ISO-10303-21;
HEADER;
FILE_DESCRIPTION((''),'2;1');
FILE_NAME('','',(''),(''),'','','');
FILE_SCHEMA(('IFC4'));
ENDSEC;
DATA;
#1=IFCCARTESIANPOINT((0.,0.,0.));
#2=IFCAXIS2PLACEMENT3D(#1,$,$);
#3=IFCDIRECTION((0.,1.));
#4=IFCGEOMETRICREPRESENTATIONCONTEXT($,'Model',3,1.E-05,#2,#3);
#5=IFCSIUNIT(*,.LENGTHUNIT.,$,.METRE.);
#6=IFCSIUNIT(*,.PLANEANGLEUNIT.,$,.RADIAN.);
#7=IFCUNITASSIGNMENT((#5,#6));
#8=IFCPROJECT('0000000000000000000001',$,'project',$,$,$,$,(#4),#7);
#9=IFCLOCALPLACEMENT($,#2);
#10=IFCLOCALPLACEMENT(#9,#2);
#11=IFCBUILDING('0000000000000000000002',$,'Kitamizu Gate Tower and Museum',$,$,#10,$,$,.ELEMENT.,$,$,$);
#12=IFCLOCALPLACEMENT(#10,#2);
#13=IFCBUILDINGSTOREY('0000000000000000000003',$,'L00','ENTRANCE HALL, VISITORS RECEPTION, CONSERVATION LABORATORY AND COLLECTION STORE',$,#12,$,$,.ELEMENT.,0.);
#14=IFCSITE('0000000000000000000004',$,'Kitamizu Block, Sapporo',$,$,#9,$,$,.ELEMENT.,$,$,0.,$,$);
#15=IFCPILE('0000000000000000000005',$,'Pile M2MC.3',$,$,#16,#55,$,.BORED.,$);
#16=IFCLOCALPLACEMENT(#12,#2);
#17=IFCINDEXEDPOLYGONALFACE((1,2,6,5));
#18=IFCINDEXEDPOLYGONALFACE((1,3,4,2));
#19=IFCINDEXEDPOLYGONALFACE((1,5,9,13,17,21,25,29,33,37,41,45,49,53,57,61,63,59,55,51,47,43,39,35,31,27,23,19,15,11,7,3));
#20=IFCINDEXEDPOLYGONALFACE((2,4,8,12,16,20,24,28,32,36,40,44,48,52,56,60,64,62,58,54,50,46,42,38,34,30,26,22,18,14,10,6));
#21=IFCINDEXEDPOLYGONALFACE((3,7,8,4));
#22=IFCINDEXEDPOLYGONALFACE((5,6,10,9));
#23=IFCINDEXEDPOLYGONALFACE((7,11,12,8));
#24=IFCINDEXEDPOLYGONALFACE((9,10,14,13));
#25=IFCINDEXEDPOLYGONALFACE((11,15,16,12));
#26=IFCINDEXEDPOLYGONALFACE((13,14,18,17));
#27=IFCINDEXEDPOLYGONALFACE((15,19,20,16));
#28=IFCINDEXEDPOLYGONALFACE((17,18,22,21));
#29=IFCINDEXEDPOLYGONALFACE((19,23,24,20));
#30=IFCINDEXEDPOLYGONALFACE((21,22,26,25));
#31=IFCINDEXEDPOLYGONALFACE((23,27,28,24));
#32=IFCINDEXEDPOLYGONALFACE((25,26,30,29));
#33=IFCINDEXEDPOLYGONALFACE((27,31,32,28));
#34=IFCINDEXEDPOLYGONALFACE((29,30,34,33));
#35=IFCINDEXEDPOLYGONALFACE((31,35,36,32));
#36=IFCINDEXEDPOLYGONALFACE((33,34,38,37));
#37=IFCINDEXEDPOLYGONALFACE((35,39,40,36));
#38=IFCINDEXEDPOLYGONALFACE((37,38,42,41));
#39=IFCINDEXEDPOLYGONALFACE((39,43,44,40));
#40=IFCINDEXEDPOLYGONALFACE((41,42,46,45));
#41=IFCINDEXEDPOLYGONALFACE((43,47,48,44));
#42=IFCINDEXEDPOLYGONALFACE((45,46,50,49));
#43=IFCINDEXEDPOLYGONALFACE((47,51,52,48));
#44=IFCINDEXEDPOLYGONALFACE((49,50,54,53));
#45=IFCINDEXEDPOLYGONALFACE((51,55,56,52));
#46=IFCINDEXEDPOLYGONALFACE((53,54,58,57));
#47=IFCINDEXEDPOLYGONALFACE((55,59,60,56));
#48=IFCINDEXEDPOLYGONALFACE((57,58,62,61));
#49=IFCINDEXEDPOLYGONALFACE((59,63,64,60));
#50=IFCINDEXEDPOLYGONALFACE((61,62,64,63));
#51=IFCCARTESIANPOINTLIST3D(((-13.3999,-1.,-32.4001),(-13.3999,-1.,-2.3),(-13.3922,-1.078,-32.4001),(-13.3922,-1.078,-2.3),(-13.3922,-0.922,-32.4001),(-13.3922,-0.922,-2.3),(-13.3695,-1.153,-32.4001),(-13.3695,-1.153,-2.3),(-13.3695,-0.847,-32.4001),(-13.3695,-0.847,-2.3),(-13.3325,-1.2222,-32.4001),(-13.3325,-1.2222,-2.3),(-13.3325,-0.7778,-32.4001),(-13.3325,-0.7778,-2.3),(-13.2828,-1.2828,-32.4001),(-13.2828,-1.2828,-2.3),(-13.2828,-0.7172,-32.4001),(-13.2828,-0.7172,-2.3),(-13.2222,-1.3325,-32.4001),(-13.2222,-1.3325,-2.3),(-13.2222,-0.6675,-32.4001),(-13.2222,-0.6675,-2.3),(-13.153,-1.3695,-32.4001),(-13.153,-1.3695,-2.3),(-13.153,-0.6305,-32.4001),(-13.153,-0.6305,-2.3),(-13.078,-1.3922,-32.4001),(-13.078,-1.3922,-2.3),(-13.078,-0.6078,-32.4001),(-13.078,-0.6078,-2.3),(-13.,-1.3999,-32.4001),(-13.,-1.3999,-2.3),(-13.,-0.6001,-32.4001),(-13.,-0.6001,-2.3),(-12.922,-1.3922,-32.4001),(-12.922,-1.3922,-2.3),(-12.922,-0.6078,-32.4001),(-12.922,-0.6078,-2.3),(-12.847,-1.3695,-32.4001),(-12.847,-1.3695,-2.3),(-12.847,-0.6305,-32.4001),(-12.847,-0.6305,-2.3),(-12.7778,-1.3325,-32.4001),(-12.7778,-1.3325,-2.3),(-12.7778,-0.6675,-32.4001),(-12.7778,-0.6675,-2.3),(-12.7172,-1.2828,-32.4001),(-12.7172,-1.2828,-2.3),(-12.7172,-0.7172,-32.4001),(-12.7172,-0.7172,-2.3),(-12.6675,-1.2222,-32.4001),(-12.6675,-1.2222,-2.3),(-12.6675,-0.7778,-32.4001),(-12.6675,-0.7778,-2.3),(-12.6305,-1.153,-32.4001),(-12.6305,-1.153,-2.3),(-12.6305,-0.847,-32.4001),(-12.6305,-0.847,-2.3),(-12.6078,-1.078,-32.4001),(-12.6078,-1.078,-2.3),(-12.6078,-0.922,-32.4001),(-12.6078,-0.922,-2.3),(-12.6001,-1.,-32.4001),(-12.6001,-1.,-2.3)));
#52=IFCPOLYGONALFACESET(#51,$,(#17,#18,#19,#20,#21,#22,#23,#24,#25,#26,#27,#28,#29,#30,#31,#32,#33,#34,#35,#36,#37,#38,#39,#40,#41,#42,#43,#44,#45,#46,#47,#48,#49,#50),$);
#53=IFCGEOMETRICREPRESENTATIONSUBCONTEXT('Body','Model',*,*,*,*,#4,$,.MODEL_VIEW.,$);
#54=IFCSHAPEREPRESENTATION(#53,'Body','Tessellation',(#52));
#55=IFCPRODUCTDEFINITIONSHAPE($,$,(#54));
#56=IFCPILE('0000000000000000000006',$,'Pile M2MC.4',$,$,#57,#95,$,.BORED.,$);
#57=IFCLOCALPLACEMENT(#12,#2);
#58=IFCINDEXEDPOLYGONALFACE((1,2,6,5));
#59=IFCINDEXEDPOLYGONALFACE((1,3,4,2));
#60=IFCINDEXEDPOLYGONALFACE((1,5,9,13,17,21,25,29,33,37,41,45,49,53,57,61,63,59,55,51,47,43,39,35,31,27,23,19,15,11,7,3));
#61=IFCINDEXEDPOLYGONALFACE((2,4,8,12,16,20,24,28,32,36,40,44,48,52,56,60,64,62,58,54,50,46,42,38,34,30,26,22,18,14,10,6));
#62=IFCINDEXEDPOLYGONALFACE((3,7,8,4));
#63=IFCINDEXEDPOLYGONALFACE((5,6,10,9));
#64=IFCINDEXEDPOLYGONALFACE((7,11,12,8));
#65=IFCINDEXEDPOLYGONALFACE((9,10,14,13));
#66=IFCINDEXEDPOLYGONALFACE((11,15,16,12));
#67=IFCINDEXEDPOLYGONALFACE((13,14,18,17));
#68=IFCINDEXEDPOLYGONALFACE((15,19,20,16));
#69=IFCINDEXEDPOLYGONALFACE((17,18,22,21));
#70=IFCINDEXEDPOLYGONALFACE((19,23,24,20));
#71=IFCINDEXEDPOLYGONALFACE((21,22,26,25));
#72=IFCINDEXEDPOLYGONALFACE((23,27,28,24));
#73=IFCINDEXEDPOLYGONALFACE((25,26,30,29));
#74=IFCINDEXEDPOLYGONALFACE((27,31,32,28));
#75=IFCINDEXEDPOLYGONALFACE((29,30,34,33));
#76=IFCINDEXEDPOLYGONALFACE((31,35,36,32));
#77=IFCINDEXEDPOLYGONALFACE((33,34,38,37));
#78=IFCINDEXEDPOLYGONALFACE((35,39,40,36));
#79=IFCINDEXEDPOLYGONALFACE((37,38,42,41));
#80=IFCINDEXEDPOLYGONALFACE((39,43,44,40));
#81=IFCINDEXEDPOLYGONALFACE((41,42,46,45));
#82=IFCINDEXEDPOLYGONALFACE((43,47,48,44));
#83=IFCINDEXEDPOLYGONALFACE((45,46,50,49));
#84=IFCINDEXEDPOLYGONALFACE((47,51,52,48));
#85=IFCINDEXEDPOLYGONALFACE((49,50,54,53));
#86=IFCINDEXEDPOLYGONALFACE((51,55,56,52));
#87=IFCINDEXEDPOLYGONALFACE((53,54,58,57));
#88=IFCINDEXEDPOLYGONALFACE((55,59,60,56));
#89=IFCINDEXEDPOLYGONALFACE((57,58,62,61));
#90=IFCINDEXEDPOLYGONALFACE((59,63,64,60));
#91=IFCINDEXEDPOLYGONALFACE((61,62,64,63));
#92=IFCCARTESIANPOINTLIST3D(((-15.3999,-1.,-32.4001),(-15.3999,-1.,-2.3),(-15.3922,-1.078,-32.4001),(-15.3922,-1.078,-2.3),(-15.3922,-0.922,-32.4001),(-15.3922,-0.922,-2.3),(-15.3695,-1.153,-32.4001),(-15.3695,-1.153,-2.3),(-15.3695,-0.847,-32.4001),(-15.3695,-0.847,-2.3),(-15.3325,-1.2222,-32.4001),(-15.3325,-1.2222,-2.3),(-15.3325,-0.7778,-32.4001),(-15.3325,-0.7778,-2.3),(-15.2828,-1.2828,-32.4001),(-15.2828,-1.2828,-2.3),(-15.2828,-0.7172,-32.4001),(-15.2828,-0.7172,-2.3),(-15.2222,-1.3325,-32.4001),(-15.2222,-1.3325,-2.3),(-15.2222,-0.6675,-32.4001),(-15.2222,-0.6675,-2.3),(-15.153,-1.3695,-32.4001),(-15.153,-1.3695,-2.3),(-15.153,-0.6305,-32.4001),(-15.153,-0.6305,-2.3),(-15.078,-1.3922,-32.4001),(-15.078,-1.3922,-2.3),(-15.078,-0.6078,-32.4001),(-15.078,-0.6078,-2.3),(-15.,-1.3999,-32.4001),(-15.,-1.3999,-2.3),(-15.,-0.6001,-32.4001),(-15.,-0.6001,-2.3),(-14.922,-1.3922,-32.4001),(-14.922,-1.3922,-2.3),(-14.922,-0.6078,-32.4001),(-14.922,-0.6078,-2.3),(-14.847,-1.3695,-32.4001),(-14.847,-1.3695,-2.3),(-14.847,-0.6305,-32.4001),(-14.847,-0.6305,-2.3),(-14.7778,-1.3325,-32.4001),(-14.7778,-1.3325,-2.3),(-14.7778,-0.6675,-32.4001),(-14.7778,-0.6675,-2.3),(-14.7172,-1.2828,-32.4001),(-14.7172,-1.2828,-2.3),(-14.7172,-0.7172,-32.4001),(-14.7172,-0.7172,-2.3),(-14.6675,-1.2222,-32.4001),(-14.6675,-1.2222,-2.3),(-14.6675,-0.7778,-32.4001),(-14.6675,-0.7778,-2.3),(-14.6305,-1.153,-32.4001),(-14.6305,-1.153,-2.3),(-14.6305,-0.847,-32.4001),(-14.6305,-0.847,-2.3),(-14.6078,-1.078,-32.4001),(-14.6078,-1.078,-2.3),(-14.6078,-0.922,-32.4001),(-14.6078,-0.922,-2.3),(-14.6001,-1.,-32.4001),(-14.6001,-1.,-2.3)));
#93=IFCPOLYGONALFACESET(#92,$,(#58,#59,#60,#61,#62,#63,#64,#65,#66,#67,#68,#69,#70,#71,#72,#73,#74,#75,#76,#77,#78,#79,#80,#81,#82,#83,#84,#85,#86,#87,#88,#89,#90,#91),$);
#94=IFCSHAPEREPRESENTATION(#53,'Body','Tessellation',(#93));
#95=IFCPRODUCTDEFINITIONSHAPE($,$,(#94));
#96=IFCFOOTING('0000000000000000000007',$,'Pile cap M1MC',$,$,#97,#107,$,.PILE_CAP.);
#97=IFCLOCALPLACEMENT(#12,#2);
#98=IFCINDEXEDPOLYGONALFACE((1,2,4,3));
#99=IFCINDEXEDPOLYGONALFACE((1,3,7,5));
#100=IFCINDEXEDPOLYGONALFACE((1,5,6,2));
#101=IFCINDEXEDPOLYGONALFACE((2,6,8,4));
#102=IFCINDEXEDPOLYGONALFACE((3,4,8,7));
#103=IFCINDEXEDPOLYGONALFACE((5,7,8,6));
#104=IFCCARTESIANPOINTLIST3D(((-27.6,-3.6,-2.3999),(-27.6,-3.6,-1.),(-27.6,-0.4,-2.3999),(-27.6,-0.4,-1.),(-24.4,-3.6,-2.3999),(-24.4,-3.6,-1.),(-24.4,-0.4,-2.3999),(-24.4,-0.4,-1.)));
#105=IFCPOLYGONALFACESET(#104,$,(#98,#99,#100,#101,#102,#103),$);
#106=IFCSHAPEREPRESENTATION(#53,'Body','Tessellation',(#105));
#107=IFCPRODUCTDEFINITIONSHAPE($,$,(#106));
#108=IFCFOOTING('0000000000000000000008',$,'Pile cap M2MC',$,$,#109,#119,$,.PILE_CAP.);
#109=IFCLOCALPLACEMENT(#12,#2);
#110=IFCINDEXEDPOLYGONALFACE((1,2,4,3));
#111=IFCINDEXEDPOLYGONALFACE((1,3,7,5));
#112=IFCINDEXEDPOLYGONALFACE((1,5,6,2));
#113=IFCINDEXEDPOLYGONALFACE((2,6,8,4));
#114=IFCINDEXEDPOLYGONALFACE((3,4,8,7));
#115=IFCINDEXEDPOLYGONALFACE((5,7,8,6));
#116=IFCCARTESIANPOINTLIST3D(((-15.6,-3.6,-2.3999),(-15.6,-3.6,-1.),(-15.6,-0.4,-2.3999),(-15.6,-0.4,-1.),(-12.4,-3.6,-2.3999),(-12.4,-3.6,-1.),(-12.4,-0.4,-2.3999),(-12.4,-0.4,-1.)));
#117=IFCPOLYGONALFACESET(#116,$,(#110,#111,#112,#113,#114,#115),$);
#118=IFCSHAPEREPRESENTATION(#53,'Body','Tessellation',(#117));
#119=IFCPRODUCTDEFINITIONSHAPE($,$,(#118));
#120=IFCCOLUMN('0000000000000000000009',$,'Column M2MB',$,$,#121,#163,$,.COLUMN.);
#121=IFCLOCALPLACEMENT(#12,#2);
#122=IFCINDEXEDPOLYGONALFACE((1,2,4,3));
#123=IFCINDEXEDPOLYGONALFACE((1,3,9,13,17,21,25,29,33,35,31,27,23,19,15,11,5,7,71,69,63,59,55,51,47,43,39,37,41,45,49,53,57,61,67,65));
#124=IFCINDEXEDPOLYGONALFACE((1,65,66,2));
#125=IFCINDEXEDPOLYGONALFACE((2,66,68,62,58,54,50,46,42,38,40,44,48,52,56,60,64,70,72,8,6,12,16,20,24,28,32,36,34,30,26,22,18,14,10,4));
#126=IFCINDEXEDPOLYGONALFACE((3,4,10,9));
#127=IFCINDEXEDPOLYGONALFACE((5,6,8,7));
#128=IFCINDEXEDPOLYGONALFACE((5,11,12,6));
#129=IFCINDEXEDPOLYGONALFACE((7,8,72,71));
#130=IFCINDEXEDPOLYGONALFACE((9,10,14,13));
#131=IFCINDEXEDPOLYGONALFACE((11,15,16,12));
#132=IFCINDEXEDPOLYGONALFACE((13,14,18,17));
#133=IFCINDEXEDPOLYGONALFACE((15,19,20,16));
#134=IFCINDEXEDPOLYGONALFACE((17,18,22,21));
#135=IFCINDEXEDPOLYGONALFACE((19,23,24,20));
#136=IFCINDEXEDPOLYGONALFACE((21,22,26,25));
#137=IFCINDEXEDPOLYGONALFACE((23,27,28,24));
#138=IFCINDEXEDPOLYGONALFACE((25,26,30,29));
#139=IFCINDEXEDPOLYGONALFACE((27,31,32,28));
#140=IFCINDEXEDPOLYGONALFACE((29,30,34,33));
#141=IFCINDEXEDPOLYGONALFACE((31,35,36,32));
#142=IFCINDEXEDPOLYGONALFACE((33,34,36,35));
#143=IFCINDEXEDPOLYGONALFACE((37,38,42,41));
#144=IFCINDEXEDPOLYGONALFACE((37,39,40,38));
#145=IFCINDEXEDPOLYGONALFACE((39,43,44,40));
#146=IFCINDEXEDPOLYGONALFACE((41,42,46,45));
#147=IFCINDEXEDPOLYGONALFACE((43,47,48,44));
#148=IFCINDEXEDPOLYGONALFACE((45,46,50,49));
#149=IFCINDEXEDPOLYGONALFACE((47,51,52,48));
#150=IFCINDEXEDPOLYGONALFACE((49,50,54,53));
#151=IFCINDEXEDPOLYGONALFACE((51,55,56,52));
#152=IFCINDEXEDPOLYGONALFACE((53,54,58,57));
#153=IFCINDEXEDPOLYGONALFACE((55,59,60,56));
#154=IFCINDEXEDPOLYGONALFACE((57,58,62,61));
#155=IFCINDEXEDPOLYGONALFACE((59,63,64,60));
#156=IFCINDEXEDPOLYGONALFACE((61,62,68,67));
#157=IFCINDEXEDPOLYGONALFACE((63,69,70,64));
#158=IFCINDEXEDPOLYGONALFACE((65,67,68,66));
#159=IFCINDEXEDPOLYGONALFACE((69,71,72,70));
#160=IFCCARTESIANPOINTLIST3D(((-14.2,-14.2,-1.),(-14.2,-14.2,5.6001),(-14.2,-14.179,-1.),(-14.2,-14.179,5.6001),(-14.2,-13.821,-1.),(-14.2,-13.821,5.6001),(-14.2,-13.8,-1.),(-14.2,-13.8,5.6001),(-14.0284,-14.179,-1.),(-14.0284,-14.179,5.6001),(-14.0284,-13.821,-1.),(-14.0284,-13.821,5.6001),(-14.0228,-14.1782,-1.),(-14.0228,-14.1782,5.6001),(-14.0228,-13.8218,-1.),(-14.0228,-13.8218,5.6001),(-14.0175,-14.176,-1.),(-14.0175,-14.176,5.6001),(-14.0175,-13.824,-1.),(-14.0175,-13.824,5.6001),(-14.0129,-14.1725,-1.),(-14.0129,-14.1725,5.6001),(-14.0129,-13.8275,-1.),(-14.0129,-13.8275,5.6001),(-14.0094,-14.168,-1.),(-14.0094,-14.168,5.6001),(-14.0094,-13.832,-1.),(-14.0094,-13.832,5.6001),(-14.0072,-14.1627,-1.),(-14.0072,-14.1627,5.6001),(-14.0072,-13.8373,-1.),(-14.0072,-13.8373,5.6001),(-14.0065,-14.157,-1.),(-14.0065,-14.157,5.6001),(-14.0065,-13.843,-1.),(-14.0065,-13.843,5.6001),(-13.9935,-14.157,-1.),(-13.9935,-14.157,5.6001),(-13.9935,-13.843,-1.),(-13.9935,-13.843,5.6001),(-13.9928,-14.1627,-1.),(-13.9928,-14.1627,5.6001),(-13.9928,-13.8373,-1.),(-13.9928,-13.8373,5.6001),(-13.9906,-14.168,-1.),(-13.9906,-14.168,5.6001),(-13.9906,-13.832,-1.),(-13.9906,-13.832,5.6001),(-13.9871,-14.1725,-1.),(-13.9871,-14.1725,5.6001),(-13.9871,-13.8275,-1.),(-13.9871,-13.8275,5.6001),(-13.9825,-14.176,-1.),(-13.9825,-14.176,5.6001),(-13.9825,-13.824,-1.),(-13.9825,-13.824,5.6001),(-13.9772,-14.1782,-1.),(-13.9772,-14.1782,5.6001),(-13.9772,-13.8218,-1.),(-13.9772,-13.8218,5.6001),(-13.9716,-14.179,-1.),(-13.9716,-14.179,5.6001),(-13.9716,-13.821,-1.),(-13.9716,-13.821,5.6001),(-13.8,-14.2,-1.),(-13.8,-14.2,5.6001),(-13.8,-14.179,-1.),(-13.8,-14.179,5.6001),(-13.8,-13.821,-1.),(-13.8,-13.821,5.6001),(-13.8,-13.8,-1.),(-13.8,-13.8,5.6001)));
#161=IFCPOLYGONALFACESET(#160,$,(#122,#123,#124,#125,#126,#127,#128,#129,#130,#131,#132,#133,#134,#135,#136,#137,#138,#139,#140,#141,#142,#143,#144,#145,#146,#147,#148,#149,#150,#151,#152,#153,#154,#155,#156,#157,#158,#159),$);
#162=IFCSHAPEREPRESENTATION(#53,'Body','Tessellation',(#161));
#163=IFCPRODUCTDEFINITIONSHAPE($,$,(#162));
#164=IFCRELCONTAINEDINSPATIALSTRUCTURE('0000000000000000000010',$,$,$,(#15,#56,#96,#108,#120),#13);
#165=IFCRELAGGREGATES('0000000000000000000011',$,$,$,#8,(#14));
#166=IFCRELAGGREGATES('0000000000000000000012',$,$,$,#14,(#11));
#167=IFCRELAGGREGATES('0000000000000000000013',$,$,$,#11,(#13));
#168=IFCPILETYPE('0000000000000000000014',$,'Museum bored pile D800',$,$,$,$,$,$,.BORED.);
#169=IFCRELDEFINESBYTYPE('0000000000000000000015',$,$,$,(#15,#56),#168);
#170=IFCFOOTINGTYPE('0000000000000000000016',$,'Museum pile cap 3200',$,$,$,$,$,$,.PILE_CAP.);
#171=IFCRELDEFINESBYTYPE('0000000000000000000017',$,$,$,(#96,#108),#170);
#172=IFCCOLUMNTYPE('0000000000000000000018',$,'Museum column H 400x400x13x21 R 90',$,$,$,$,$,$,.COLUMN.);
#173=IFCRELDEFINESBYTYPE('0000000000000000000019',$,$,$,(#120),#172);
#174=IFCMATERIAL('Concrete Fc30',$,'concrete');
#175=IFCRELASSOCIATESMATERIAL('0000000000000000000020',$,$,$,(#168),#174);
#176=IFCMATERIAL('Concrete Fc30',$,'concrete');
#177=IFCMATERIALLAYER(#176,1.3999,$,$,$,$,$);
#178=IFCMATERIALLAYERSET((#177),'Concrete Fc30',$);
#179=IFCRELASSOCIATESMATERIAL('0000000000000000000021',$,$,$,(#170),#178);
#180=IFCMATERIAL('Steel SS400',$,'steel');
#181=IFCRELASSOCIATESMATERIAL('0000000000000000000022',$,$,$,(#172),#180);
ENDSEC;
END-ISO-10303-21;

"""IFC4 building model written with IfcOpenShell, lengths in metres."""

from ifc_helpers import new_model, si_unit, direction, frame, origin, origin_2d, place, context, subcontext, project, spatial, rectangle, circle, i_section, extrude, material, layer, layer_set, material_profile, profile_set, type_object, element, save


model = new_model("IFC4")

# Units and contexts
model_context = context("Model", 3, precision=1e-05, world=origin(), true_north=direction((0.0, 1.0)))
body_context = subcontext(model_context, "Body", "Model", "MODEL_VIEW")
ifc_project = project(units=[si_unit("LENGTHUNIT", "METRE"), si_unit("PLANEANGLEUNIT", "RADIAN")], contexts=[model_context])

# Site, building, storey
site_placement = place(None, origin())
site = spatial("IfcSite", under=ifc_project, at=site_placement, Name="Kitamizu Block, Sapporo", CompositionType="ELEMENT", RefElevation=0.0)
building_placement = place(site_placement, origin())
building = spatial("IfcBuilding", under=site, at=building_placement, Name="Kitamizu Gate Tower and Museum", CompositionType="ELEMENT")
storey_placement = place(building_placement, origin())
storey = spatial("IfcBuildingStorey", under=building, at=storey_placement, Name="L00", Description="ENTRANCE HALL, VISITORS RECEPTION, CONSERVATION LABORATORY AND COLLECTION STORE", CompositionType="ELEMENT", Elevation=0.0)

# Piles
ifc_material_1 = material(Name="Concrete Fc30", Category="concrete")
ifc_material_profile_1 = material_profile(ifc_material_1, circle(Radius=0.3999, at=origin_2d()), Name="D800")
ifc_profile_set_1 = profile_set([ifc_material_profile_1], Name="Concrete Fc30")
pile_type = type_object("IfcPileType", Name="Museum bored pile D800", PredefinedType="BORED", material=ifc_profile_set_1)
for number, where, z_axis, x_axis, name in (
    (1, (-13.0, -1.0, -2.3), (0.0, 0.0, -1.0), (1.0, 0.0, 0.0), "Pile M2MC.3"),
    (2, (-15.0, -1.0, -2.3), (0.0, 0.0, -1.0), (1.0, 0.0, 0.0), "Pile M2MC.4"),
):
    element("IfcPile", number, at=place(storey_placement, frame(where, z_axis=z_axis, x_axis=x_axis)), inside=storey, type_object=pile_type, Name=name, PredefinedType="BORED", context=body_context, shape_type="SweptSolid", body=[
        extrude(circle(Radius=0.3999, at=origin_2d()), origin(), (0.0, 0.0, 1.0), 30.1001),
    ])

# Footings
ifc_material_2 = material(Name="Concrete Fc30", Category="concrete")
ifc_layer_1 = layer(ifc_material_2, 1.3999)
ifc_layer_set_1 = layer_set([ifc_layer_1], Name="Concrete Fc30")
footing_type = type_object("IfcFootingType", Name="Museum pile cap 3200", PredefinedType="PILE_CAP", material=ifc_layer_set_1)
for number, where, z_axis, x_axis, name in (
    (3, (-26.0, -2.0, -2.3999), (0.0, 0.0, 1.0), (1.0, 0.0, 0.0), "Pile cap M1MC"),
    (4, (-14.0, -2.0, -2.3999), (0.0, 0.0, 1.0), (1.0, 0.0, 0.0), "Pile cap M2MC"),
):
    element("IfcFooting", number, at=place(storey_placement, frame(where, z_axis=z_axis, x_axis=x_axis)), inside=storey, type_object=footing_type, Name=name, PredefinedType="PILE_CAP", context=body_context, shape_type="SweptSolid", body=[
        extrude(rectangle(XDim=3.2, YDim=3.2, at=origin_2d()), origin(), (0.0, 0.0, 1.0), 1.3999),
    ])

# Column
ifc_material_3 = material(Name="Steel SS400", Category="steel")
ifc_material_profile_2 = material_profile(ifc_material_3, i_section(OverallWidth=0.3999, OverallDepth=0.3999, WebThickness=0.0129, FlangeThickness=0.021, FilletRadius=0.022, at=origin_2d()), Name="H-400x400x13x21")
ifc_profile_set_2 = profile_set([ifc_material_profile_2], Name="Steel SS400")
column_type_1 = type_object("IfcColumnType", Name="Museum column H 400x400x13x21 R 90", PredefinedType="COLUMN", material=ifc_profile_set_2)
for number, where, z_axis, x_axis, name in (
    (5, (-14.0, -14.0, -1.0), (0.0, 0.0, 1.0), (1.0, 0.0, 0.0), "Column M2MB"),
):
    element("IfcColumn", number, at=place(storey_placement, frame(where, z_axis=z_axis, x_axis=x_axis)), inside=storey, type_object=column_type_1, Name=name, PredefinedType="COLUMN", context=body_context, shape_type="SweptSolid", body=[
        extrude(i_section(OverallWidth=0.3999, OverallDepth=0.3999, WebThickness=0.0129, FlangeThickness=0.021, FilletRadius=0.022, at=origin_2d()), origin(), (0.0, 0.0, 1.0), 6.6001),
    ])

save(model, "model.ifc")
